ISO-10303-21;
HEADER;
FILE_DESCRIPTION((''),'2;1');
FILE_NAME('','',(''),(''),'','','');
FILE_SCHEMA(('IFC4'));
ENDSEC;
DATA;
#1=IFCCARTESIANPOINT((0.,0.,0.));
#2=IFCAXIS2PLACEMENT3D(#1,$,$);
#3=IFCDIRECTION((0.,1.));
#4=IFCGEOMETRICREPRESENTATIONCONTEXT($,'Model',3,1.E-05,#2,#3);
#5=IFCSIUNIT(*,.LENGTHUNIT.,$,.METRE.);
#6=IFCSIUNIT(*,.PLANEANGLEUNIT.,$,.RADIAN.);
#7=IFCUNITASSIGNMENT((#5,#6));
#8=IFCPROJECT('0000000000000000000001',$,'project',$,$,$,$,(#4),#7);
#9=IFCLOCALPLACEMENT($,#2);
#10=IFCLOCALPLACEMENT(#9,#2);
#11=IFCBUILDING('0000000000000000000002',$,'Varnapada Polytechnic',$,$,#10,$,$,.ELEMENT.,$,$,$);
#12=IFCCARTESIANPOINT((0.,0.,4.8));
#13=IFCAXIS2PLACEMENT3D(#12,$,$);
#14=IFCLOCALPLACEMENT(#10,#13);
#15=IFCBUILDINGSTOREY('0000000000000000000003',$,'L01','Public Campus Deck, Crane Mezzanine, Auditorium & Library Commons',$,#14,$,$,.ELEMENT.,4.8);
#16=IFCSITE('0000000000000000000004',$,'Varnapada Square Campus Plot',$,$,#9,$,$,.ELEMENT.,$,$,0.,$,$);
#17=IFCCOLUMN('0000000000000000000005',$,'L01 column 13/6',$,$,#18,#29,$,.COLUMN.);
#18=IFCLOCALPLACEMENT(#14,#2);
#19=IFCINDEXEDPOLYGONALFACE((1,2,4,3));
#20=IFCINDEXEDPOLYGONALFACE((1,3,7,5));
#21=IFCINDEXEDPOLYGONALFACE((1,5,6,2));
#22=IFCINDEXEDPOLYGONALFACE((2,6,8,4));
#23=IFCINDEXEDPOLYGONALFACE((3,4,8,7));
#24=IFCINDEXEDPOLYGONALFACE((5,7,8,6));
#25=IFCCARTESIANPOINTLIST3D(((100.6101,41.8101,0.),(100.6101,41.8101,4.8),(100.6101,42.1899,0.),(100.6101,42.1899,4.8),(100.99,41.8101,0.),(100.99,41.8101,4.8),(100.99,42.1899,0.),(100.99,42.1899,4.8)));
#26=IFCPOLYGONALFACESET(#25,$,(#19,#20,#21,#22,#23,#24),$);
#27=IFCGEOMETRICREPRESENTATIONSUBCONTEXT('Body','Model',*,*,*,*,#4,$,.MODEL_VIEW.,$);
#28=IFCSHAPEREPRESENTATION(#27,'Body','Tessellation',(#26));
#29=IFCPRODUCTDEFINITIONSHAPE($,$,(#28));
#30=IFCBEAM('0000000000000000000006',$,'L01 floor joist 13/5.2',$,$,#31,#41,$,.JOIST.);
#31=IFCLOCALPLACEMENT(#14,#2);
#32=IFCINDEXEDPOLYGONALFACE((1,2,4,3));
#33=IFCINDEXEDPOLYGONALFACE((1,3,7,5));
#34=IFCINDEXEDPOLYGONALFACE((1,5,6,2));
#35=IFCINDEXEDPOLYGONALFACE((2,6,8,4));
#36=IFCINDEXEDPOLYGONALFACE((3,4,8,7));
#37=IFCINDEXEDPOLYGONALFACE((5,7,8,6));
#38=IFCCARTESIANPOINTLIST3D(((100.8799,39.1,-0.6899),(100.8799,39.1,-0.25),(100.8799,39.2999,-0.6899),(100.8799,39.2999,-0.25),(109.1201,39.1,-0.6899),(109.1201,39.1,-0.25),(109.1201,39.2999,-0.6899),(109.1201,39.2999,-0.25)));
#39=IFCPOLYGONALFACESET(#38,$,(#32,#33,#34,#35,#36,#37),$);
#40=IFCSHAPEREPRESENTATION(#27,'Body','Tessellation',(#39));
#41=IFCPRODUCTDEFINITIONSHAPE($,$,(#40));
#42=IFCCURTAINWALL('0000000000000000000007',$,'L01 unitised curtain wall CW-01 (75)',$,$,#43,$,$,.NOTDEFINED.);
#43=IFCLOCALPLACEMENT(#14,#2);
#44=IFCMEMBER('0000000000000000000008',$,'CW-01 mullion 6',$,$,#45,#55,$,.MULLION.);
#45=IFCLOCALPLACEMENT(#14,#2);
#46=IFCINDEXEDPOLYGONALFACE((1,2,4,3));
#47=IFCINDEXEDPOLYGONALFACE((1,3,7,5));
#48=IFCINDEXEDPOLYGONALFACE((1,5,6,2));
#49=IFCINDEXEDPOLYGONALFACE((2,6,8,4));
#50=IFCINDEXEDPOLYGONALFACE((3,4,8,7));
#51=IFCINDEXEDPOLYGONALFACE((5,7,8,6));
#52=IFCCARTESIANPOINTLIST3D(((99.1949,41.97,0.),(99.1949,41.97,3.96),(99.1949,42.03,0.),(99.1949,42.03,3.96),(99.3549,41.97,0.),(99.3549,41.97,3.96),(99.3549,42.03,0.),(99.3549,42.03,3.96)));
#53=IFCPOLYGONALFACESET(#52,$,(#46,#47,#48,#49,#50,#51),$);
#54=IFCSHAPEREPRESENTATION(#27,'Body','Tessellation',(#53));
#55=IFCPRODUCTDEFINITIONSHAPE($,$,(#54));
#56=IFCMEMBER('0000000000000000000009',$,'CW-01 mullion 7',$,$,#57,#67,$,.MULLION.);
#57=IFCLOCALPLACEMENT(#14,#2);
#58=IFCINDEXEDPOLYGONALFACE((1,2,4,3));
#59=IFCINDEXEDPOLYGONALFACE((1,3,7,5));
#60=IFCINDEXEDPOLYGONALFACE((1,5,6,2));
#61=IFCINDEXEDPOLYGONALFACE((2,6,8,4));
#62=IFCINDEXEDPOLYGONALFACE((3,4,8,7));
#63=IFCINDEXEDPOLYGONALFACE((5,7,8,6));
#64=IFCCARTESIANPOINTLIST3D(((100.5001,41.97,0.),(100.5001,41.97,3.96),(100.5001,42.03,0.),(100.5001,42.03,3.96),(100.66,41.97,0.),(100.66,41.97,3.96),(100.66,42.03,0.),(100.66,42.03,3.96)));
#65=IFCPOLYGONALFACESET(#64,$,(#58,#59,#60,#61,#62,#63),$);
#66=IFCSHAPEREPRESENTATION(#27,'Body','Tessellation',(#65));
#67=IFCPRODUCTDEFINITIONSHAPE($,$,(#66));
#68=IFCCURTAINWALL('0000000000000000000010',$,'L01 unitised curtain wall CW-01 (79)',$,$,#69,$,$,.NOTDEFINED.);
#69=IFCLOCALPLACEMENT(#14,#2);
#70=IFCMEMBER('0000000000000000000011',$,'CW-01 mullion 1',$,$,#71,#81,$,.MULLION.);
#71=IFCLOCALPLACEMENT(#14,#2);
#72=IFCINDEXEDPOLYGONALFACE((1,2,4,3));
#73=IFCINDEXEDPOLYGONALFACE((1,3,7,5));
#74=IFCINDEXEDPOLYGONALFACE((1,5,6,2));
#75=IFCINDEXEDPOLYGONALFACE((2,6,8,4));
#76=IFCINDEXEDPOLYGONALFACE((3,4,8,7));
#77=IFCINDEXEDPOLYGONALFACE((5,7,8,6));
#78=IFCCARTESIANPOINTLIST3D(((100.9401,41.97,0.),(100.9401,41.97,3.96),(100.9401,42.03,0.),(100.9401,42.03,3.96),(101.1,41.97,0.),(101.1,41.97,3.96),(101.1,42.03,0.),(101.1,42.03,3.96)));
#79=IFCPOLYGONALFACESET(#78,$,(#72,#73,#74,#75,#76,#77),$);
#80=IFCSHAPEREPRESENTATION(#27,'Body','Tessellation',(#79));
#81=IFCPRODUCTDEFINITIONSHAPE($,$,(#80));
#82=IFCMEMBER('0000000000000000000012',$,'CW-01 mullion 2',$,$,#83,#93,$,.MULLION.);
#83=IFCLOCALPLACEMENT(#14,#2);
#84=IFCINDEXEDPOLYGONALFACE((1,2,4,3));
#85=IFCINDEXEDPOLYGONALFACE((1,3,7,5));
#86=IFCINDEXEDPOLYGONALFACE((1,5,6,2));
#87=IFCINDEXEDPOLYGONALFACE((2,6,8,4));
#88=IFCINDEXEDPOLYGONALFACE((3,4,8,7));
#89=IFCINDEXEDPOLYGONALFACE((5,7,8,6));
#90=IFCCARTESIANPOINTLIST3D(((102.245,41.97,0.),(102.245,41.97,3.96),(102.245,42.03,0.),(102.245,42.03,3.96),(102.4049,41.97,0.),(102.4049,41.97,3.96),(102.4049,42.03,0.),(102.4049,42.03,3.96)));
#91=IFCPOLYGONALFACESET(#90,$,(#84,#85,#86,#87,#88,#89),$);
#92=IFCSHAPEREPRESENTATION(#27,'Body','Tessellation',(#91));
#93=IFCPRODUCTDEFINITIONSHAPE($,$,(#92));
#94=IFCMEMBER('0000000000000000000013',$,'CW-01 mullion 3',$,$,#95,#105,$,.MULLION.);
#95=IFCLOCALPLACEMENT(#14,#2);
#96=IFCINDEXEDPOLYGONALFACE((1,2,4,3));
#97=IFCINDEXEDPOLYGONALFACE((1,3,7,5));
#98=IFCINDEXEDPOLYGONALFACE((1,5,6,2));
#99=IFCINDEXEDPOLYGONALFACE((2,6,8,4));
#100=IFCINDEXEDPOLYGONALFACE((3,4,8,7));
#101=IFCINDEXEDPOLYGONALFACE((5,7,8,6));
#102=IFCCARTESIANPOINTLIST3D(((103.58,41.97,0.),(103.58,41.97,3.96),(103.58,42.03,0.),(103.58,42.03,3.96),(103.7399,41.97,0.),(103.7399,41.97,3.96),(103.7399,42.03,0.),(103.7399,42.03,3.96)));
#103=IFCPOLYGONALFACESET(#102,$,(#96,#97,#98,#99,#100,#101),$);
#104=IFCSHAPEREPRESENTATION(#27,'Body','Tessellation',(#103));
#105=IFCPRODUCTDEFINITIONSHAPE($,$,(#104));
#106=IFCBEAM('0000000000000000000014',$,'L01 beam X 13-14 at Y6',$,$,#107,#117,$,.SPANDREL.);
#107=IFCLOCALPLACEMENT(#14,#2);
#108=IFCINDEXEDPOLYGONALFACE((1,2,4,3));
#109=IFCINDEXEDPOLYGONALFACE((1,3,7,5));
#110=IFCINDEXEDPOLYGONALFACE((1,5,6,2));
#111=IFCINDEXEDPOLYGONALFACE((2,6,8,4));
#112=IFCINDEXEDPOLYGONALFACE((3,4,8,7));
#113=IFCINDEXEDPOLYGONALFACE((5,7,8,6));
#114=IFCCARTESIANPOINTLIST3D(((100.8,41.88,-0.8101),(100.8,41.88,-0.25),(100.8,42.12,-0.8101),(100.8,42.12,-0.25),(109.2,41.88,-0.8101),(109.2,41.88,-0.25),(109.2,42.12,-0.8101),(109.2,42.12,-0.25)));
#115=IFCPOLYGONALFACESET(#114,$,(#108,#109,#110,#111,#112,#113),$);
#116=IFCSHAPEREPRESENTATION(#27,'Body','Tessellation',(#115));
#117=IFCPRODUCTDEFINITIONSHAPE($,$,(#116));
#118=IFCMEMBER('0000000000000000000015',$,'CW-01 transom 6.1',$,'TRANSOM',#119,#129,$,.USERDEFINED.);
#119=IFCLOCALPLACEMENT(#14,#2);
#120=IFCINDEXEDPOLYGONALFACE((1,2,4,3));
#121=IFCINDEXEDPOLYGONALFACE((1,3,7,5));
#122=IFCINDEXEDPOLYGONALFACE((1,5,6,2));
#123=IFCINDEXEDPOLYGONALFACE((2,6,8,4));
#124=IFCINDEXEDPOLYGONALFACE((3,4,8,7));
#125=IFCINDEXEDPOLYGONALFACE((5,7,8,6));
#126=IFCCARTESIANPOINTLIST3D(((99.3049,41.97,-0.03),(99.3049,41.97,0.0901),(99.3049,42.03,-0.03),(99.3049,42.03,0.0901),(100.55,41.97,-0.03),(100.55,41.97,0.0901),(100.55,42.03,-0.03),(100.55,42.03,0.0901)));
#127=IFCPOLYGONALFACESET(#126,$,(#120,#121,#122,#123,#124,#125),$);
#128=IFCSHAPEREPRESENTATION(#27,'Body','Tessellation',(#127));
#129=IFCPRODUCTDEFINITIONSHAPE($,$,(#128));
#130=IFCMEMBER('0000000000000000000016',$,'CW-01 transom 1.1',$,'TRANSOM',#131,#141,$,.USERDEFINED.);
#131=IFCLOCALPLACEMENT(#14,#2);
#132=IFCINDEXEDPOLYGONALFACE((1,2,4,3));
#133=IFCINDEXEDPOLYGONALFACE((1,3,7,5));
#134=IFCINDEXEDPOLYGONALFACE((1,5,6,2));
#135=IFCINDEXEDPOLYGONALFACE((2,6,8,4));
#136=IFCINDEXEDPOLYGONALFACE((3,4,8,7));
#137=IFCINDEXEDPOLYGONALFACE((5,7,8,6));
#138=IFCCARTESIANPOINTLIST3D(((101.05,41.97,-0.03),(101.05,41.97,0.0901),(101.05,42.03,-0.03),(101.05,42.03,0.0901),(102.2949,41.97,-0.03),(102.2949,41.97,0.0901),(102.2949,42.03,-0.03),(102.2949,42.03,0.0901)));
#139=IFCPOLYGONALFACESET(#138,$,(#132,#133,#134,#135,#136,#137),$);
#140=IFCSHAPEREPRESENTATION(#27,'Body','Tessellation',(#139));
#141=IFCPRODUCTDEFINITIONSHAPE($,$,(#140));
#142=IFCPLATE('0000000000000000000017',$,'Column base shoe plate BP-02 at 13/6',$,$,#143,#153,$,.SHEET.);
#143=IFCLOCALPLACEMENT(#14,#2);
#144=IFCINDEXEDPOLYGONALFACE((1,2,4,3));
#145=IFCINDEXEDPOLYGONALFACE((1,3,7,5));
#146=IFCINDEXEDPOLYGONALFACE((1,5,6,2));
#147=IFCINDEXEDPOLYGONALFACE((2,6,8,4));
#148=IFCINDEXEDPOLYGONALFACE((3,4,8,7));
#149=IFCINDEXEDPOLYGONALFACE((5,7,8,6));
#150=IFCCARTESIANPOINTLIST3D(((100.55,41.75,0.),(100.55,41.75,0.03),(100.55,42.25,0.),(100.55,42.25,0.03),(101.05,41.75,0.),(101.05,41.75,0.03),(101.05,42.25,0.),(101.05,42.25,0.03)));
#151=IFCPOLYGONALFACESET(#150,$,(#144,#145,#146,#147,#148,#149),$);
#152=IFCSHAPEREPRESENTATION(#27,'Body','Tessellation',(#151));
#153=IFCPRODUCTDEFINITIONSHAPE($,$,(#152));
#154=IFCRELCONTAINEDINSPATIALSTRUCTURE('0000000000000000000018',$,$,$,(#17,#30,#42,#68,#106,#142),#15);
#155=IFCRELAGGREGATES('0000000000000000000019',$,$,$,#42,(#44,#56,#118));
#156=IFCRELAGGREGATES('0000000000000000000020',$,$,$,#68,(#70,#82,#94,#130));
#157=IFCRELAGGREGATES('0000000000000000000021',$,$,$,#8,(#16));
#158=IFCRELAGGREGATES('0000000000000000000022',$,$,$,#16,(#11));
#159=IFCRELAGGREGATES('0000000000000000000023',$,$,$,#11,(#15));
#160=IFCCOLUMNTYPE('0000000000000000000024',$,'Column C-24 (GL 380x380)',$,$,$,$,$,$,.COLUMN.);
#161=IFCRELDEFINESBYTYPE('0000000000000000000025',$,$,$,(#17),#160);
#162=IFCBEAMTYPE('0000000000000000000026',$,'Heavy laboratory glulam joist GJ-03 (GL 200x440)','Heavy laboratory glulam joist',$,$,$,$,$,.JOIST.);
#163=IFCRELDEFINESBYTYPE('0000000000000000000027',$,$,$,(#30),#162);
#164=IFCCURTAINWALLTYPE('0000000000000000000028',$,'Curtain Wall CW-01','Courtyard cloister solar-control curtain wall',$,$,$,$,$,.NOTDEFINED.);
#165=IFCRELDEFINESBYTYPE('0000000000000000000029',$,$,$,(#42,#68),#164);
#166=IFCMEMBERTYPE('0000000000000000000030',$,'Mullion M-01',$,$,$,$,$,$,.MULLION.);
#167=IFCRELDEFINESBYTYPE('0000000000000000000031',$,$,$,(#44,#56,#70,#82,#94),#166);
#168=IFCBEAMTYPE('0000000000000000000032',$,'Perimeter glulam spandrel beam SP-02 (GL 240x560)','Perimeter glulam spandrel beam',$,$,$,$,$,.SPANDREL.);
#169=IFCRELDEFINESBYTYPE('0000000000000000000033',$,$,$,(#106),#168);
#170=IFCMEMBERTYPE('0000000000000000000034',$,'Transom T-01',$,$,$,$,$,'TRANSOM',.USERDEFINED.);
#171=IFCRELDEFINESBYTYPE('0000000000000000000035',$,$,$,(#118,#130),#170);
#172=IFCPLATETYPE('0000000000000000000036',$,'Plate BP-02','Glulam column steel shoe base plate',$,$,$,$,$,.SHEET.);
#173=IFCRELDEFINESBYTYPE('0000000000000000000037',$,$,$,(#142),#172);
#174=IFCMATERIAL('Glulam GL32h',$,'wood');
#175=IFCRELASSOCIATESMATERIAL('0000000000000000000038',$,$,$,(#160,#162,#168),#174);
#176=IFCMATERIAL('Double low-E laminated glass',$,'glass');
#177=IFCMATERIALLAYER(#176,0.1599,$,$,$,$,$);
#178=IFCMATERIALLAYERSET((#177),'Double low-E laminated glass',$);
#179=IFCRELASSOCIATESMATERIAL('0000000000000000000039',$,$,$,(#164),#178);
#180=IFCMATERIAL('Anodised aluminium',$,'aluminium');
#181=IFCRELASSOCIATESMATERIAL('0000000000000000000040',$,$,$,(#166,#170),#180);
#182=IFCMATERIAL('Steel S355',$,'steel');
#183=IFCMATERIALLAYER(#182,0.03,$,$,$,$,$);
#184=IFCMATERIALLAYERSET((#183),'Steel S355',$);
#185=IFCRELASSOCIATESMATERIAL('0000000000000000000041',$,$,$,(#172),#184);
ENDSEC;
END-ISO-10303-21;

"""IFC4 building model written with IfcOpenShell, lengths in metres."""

from ifc_helpers import new_model, si_unit, direction, frame, origin, origin_2d, place, context, subcontext, project, spatial, rectangle, extrude, material, layer, layer_set, material_profile, profile_set, type_object, element, aggregate, save


model = new_model("IFC4")

# Units and contexts
model_context = context("Model", 3, precision=1e-05, world=origin(), true_north=direction((0.0, 1.0)))
body_context = subcontext(model_context, "Body", "Model", "MODEL_VIEW")
ifc_project = project(units=[si_unit("LENGTHUNIT", "METRE"), si_unit("PLANEANGLEUNIT", "RADIAN")], contexts=[model_context])

# Site, building, storey
site_placement = place(None, origin())
site = spatial("IfcSite", under=ifc_project, at=site_placement, Name="Varnapada Square Campus Plot", CompositionType="ELEMENT", RefElevation=0.0)
building_placement = place(site_placement, origin())
building = spatial("IfcBuilding", under=site, at=building_placement, Name="Varnapada Polytechnic", CompositionType="ELEMENT")
storey_placement = place(building_placement, frame((0.0, 0.0, 4.8)))
storey = spatial("IfcBuildingStorey", under=building, at=storey_placement, Name="L01", Description="Public Campus Deck, Crane Mezzanine, Auditorium & Library Commons", CompositionType="ELEMENT", Elevation=4.8)

# Column
ifc_material_1 = material(Name="Glulam GL32h", Category="wood")
ifc_material_profile_1 = material_profile(ifc_material_1, rectangle(XDim=0.3799, YDim=0.3799, at=origin_2d()), Name="GL 380x380")
ifc_profile_set_1 = profile_set([ifc_material_profile_1], Name="Glulam GL32h")
column_type = type_object("IfcColumnType", Name="Column C-24 (GL 380x380)", PredefinedType="COLUMN", material=ifc_profile_set_1)
column_placement = place(storey_placement, frame((100.8, 42.0, 0.0), z_axis=(0.0, 0.0, 1.0), x_axis=(1.0, 0.0, 0.0)))
element("IfcColumn", 1, at=column_placement, inside=storey, type_object=column_type, Name="L01 column 13/6", PredefinedType="COLUMN", context=body_context, shape_type="SweptSolid", body=[
    extrude(rectangle(XDim=0.3799, YDim=0.3799, at=origin_2d()), origin(), (0.0, 0.0, 1.0), 4.8),
])

# Beam
ifc_material_profile_2 = material_profile(ifc_material_1, rectangle(XDim=0.2, YDim=0.4399, at=origin_2d()), Name="GL 200x440")
ifc_profile_set_2 = profile_set([ifc_material_profile_2], Name="Glulam GL32h")
beam_type_1 = type_object("IfcBeamType", Name="Heavy laboratory glulam joist GJ-03 (GL 200x440)", Description="Heavy laboratory glulam joist", PredefinedType="JOIST", material=ifc_profile_set_2)
beam_1_placement = place(storey_placement, frame((100.8799, 39.2, -0.47), z_axis=(1.0, 0.0, 0.0), x_axis=(0.0, 1.0, 0.0)))
element("IfcBeam", 2, at=beam_1_placement, inside=storey, type_object=beam_type_1, Name="L01 floor joist 13/5.2", PredefinedType="JOIST", context=body_context, shape_type="SweptSolid", body=[
    extrude(rectangle(XDim=0.2, YDim=0.4399, at=origin_2d()), origin(), (0.0, 0.0, 1.0), 8.2402),
])

# Curtain walls, members
ifc_material_2 = material(Name="Double low-E laminated glass", Category="glass")
ifc_layer_1 = layer(ifc_material_2, 0.1599)
ifc_layer_set_1 = layer_set([ifc_layer_1], Name="Double low-E laminated glass")
curtain_wall_type = type_object("IfcCurtainWallType", Name="Curtain Wall CW-01", Description="Courtyard cloister solar-control curtain wall", PredefinedType="NOTDEFINED", material=ifc_layer_set_1)
curtain_wall_1_placement = place(storey_placement, origin())
curtain_wall_1 = element("IfcCurtainWall", 3, at=curtain_wall_1_placement, inside=storey, type_object=curtain_wall_type, Name="L01 unitised curtain wall CW-01 (75)", PredefinedType="NOTDEFINED")
ifc_material_3 = material(Name="Anodised aluminium", Category="aluminium")
ifc_material_profile_3 = material_profile(ifc_material_3, rectangle(XDim=0.0601, YDim=0.1599, at=origin_2d()), Name="ALU M60x160")
ifc_profile_set_3 = profile_set([ifc_material_profile_3], Name="Anodised aluminium")
member_type_1 = type_object("IfcMemberType", Name="Mullion M-01", PredefinedType="MULLION", material=ifc_profile_set_3)
member_1_placement = place(storey_placement, frame((99.2749, 42.0, 0.0), z_axis=(0.0, 0.0, 1.0), x_axis=(0.0, 1.0, 0.0)))
member_1 = element("IfcMember", 4, at=member_1_placement, type_object=member_type_1, Name="CW-01 mullion 6", PredefinedType="MULLION", context=body_context, shape_type="SweptSolid", body=[
    extrude(rectangle(XDim=0.0601, YDim=0.1599, at=origin_2d()), origin(), (0.0, 0.0, 1.0), 3.96),
])
member_2_placement = place(storey_placement, frame((100.5801, 42.0, 0.0), z_axis=(0.0, 0.0, 1.0), x_axis=(0.0, 1.0, 0.0)))
member_2 = element("IfcMember", 5, at=member_2_placement, type_object=member_type_1, Name="CW-01 mullion 7", PredefinedType="MULLION", context=body_context, shape_type="SweptSolid", body=[
    extrude(rectangle(XDim=0.0601, YDim=0.1599, at=origin_2d()), origin(), (0.0, 0.0, 1.0), 3.96),
])
curtain_wall_2_placement = place(storey_placement, origin())
curtain_wall_2 = element("IfcCurtainWall", 6, at=curtain_wall_2_placement, inside=storey, type_object=curtain_wall_type, Name="L01 unitised curtain wall CW-01 (79)", PredefinedType="NOTDEFINED")
member_3_placement = place(storey_placement, frame((101.02, 42.0, 0.0), z_axis=(0.0, 0.0, 1.0), x_axis=(0.0, 1.0, 0.0)))
member_3 = element("IfcMember", 7, at=member_3_placement, type_object=member_type_1, Name="CW-01 mullion 1", PredefinedType="MULLION", context=body_context, shape_type="SweptSolid", body=[
    extrude(rectangle(XDim=0.0601, YDim=0.1599, at=origin_2d()), origin(), (0.0, 0.0, 1.0), 3.96),
])
member_4_placement = place(storey_placement, frame((102.325, 42.0, 0.0), z_axis=(0.0, 0.0, 1.0), x_axis=(0.0, 1.0, 0.0)))
member_4 = element("IfcMember", 8, at=member_4_placement, type_object=member_type_1, Name="CW-01 mullion 2", PredefinedType="MULLION", context=body_context, shape_type="SweptSolid", body=[
    extrude(rectangle(XDim=0.0601, YDim=0.1599, at=origin_2d()), origin(), (0.0, 0.0, 1.0), 3.96),
])
member_5_placement = place(storey_placement, frame((103.6599, 42.0, 0.0), z_axis=(0.0, 0.0, 1.0), x_axis=(0.0, 1.0, 0.0)))
member_5 = element("IfcMember", 9, at=member_5_placement, type_object=member_type_1, Name="CW-01 mullion 3", PredefinedType="MULLION", context=body_context, shape_type="SweptSolid", body=[
    extrude(rectangle(XDim=0.0601, YDim=0.1599, at=origin_2d()), origin(), (0.0, 0.0, 1.0), 3.96),
])

# Beam
ifc_material_profile_4 = material_profile(ifc_material_1, rectangle(XDim=0.24, YDim=0.5601, at=origin_2d()), Name="GL 240x560")
ifc_profile_set_4 = profile_set([ifc_material_profile_4], Name="Glulam GL32h")
beam_type_2 = type_object("IfcBeamType", Name="Perimeter glulam spandrel beam SP-02 (GL 240x560)", Description="Perimeter glulam spandrel beam", PredefinedType="SPANDREL", material=ifc_profile_set_4)
beam_2_placement = place(storey_placement, frame((100.8, 42.0, -0.53), z_axis=(1.0, 0.0, 0.0), x_axis=(0.0, 1.0, 0.0)))
element("IfcBeam", 10, at=beam_2_placement, inside=storey, type_object=beam_type_2, Name="L01 beam X 13-14 at Y6", PredefinedType="SPANDREL", context=body_context, shape_type="SweptSolid", body=[
    extrude(rectangle(XDim=0.24, YDim=0.5601, at=origin_2d()), origin(), (0.0, 0.0, 1.0), 8.3999),
])

# Members
ifc_material_profile_5 = material_profile(ifc_material_3, rectangle(XDim=0.0601, YDim=0.1201, at=origin_2d()), Name="ALU T60x120")
ifc_profile_set_5 = profile_set([ifc_material_profile_5], Name="Anodised aluminium")
member_type_2 = type_object("IfcMemberType", Name="Transom T-01", ElementType="TRANSOM", PredefinedType="USERDEFINED", material=ifc_profile_set_5)
member_6_placement = place(storey_placement, frame((99.3049, 42.0, 0.03), z_axis=(1.0, 0.0, 0.0), x_axis=(0.0, 1.0, 0.0)))
member_6 = element("IfcMember", 11, at=member_6_placement, type_object=member_type_2, Name="CW-01 transom 6.1", ObjectType="TRANSOM", PredefinedType="USERDEFINED", context=body_context, shape_type="SweptSolid", body=[
    extrude(rectangle(XDim=0.0601, YDim=0.1201, at=origin_2d()), origin(), (0.0, 0.0, 1.0), 1.2451),
])
aggregate(curtain_wall_1, [member_1, member_2, member_6])
member_7_placement = place(storey_placement, frame((101.05, 42.0, 0.03), z_axis=(1.0, 0.0, 0.0), x_axis=(0.0, 1.0, 0.0)))
member_7 = element("IfcMember", 12, at=member_7_placement, type_object=member_type_2, Name="CW-01 transom 1.1", ObjectType="TRANSOM", PredefinedType="USERDEFINED", context=body_context, shape_type="SweptSolid", body=[
    extrude(rectangle(XDim=0.0601, YDim=0.1201, at=origin_2d()), origin(), (0.0, 0.0, 1.0), 1.2449),
])
aggregate(curtain_wall_2, [member_3, member_4, member_5, member_7])

# Plate
ifc_material_4 = material(Name="Steel S355", Category="steel")
ifc_layer_2 = layer(ifc_material_4, 0.03)
ifc_layer_set_2 = layer_set([ifc_layer_2], Name="Steel S355")
plate_type = type_object("IfcPlateType", Name="Plate BP-02", Description="Glulam column steel shoe base plate", PredefinedType="SHEET", material=ifc_layer_set_2)
plate_placement = place(storey_placement, frame((100.8, 42.0, 0.0), z_axis=(0.0, 0.0, 1.0), x_axis=(1.0, 0.0, 0.0)))
element("IfcPlate", 13, at=plate_placement, inside=storey, type_object=plate_type, Name="Column base shoe plate BP-02 at 13/6", PredefinedType="SHEET", context=body_context, shape_type="SweptSolid", body=[
    extrude(rectangle(XDim=0.5, YDim=0.5, at=origin_2d()), origin(), (0.0, 0.0, 1.0), 0.03),
])

save(model, "model.ifc")
